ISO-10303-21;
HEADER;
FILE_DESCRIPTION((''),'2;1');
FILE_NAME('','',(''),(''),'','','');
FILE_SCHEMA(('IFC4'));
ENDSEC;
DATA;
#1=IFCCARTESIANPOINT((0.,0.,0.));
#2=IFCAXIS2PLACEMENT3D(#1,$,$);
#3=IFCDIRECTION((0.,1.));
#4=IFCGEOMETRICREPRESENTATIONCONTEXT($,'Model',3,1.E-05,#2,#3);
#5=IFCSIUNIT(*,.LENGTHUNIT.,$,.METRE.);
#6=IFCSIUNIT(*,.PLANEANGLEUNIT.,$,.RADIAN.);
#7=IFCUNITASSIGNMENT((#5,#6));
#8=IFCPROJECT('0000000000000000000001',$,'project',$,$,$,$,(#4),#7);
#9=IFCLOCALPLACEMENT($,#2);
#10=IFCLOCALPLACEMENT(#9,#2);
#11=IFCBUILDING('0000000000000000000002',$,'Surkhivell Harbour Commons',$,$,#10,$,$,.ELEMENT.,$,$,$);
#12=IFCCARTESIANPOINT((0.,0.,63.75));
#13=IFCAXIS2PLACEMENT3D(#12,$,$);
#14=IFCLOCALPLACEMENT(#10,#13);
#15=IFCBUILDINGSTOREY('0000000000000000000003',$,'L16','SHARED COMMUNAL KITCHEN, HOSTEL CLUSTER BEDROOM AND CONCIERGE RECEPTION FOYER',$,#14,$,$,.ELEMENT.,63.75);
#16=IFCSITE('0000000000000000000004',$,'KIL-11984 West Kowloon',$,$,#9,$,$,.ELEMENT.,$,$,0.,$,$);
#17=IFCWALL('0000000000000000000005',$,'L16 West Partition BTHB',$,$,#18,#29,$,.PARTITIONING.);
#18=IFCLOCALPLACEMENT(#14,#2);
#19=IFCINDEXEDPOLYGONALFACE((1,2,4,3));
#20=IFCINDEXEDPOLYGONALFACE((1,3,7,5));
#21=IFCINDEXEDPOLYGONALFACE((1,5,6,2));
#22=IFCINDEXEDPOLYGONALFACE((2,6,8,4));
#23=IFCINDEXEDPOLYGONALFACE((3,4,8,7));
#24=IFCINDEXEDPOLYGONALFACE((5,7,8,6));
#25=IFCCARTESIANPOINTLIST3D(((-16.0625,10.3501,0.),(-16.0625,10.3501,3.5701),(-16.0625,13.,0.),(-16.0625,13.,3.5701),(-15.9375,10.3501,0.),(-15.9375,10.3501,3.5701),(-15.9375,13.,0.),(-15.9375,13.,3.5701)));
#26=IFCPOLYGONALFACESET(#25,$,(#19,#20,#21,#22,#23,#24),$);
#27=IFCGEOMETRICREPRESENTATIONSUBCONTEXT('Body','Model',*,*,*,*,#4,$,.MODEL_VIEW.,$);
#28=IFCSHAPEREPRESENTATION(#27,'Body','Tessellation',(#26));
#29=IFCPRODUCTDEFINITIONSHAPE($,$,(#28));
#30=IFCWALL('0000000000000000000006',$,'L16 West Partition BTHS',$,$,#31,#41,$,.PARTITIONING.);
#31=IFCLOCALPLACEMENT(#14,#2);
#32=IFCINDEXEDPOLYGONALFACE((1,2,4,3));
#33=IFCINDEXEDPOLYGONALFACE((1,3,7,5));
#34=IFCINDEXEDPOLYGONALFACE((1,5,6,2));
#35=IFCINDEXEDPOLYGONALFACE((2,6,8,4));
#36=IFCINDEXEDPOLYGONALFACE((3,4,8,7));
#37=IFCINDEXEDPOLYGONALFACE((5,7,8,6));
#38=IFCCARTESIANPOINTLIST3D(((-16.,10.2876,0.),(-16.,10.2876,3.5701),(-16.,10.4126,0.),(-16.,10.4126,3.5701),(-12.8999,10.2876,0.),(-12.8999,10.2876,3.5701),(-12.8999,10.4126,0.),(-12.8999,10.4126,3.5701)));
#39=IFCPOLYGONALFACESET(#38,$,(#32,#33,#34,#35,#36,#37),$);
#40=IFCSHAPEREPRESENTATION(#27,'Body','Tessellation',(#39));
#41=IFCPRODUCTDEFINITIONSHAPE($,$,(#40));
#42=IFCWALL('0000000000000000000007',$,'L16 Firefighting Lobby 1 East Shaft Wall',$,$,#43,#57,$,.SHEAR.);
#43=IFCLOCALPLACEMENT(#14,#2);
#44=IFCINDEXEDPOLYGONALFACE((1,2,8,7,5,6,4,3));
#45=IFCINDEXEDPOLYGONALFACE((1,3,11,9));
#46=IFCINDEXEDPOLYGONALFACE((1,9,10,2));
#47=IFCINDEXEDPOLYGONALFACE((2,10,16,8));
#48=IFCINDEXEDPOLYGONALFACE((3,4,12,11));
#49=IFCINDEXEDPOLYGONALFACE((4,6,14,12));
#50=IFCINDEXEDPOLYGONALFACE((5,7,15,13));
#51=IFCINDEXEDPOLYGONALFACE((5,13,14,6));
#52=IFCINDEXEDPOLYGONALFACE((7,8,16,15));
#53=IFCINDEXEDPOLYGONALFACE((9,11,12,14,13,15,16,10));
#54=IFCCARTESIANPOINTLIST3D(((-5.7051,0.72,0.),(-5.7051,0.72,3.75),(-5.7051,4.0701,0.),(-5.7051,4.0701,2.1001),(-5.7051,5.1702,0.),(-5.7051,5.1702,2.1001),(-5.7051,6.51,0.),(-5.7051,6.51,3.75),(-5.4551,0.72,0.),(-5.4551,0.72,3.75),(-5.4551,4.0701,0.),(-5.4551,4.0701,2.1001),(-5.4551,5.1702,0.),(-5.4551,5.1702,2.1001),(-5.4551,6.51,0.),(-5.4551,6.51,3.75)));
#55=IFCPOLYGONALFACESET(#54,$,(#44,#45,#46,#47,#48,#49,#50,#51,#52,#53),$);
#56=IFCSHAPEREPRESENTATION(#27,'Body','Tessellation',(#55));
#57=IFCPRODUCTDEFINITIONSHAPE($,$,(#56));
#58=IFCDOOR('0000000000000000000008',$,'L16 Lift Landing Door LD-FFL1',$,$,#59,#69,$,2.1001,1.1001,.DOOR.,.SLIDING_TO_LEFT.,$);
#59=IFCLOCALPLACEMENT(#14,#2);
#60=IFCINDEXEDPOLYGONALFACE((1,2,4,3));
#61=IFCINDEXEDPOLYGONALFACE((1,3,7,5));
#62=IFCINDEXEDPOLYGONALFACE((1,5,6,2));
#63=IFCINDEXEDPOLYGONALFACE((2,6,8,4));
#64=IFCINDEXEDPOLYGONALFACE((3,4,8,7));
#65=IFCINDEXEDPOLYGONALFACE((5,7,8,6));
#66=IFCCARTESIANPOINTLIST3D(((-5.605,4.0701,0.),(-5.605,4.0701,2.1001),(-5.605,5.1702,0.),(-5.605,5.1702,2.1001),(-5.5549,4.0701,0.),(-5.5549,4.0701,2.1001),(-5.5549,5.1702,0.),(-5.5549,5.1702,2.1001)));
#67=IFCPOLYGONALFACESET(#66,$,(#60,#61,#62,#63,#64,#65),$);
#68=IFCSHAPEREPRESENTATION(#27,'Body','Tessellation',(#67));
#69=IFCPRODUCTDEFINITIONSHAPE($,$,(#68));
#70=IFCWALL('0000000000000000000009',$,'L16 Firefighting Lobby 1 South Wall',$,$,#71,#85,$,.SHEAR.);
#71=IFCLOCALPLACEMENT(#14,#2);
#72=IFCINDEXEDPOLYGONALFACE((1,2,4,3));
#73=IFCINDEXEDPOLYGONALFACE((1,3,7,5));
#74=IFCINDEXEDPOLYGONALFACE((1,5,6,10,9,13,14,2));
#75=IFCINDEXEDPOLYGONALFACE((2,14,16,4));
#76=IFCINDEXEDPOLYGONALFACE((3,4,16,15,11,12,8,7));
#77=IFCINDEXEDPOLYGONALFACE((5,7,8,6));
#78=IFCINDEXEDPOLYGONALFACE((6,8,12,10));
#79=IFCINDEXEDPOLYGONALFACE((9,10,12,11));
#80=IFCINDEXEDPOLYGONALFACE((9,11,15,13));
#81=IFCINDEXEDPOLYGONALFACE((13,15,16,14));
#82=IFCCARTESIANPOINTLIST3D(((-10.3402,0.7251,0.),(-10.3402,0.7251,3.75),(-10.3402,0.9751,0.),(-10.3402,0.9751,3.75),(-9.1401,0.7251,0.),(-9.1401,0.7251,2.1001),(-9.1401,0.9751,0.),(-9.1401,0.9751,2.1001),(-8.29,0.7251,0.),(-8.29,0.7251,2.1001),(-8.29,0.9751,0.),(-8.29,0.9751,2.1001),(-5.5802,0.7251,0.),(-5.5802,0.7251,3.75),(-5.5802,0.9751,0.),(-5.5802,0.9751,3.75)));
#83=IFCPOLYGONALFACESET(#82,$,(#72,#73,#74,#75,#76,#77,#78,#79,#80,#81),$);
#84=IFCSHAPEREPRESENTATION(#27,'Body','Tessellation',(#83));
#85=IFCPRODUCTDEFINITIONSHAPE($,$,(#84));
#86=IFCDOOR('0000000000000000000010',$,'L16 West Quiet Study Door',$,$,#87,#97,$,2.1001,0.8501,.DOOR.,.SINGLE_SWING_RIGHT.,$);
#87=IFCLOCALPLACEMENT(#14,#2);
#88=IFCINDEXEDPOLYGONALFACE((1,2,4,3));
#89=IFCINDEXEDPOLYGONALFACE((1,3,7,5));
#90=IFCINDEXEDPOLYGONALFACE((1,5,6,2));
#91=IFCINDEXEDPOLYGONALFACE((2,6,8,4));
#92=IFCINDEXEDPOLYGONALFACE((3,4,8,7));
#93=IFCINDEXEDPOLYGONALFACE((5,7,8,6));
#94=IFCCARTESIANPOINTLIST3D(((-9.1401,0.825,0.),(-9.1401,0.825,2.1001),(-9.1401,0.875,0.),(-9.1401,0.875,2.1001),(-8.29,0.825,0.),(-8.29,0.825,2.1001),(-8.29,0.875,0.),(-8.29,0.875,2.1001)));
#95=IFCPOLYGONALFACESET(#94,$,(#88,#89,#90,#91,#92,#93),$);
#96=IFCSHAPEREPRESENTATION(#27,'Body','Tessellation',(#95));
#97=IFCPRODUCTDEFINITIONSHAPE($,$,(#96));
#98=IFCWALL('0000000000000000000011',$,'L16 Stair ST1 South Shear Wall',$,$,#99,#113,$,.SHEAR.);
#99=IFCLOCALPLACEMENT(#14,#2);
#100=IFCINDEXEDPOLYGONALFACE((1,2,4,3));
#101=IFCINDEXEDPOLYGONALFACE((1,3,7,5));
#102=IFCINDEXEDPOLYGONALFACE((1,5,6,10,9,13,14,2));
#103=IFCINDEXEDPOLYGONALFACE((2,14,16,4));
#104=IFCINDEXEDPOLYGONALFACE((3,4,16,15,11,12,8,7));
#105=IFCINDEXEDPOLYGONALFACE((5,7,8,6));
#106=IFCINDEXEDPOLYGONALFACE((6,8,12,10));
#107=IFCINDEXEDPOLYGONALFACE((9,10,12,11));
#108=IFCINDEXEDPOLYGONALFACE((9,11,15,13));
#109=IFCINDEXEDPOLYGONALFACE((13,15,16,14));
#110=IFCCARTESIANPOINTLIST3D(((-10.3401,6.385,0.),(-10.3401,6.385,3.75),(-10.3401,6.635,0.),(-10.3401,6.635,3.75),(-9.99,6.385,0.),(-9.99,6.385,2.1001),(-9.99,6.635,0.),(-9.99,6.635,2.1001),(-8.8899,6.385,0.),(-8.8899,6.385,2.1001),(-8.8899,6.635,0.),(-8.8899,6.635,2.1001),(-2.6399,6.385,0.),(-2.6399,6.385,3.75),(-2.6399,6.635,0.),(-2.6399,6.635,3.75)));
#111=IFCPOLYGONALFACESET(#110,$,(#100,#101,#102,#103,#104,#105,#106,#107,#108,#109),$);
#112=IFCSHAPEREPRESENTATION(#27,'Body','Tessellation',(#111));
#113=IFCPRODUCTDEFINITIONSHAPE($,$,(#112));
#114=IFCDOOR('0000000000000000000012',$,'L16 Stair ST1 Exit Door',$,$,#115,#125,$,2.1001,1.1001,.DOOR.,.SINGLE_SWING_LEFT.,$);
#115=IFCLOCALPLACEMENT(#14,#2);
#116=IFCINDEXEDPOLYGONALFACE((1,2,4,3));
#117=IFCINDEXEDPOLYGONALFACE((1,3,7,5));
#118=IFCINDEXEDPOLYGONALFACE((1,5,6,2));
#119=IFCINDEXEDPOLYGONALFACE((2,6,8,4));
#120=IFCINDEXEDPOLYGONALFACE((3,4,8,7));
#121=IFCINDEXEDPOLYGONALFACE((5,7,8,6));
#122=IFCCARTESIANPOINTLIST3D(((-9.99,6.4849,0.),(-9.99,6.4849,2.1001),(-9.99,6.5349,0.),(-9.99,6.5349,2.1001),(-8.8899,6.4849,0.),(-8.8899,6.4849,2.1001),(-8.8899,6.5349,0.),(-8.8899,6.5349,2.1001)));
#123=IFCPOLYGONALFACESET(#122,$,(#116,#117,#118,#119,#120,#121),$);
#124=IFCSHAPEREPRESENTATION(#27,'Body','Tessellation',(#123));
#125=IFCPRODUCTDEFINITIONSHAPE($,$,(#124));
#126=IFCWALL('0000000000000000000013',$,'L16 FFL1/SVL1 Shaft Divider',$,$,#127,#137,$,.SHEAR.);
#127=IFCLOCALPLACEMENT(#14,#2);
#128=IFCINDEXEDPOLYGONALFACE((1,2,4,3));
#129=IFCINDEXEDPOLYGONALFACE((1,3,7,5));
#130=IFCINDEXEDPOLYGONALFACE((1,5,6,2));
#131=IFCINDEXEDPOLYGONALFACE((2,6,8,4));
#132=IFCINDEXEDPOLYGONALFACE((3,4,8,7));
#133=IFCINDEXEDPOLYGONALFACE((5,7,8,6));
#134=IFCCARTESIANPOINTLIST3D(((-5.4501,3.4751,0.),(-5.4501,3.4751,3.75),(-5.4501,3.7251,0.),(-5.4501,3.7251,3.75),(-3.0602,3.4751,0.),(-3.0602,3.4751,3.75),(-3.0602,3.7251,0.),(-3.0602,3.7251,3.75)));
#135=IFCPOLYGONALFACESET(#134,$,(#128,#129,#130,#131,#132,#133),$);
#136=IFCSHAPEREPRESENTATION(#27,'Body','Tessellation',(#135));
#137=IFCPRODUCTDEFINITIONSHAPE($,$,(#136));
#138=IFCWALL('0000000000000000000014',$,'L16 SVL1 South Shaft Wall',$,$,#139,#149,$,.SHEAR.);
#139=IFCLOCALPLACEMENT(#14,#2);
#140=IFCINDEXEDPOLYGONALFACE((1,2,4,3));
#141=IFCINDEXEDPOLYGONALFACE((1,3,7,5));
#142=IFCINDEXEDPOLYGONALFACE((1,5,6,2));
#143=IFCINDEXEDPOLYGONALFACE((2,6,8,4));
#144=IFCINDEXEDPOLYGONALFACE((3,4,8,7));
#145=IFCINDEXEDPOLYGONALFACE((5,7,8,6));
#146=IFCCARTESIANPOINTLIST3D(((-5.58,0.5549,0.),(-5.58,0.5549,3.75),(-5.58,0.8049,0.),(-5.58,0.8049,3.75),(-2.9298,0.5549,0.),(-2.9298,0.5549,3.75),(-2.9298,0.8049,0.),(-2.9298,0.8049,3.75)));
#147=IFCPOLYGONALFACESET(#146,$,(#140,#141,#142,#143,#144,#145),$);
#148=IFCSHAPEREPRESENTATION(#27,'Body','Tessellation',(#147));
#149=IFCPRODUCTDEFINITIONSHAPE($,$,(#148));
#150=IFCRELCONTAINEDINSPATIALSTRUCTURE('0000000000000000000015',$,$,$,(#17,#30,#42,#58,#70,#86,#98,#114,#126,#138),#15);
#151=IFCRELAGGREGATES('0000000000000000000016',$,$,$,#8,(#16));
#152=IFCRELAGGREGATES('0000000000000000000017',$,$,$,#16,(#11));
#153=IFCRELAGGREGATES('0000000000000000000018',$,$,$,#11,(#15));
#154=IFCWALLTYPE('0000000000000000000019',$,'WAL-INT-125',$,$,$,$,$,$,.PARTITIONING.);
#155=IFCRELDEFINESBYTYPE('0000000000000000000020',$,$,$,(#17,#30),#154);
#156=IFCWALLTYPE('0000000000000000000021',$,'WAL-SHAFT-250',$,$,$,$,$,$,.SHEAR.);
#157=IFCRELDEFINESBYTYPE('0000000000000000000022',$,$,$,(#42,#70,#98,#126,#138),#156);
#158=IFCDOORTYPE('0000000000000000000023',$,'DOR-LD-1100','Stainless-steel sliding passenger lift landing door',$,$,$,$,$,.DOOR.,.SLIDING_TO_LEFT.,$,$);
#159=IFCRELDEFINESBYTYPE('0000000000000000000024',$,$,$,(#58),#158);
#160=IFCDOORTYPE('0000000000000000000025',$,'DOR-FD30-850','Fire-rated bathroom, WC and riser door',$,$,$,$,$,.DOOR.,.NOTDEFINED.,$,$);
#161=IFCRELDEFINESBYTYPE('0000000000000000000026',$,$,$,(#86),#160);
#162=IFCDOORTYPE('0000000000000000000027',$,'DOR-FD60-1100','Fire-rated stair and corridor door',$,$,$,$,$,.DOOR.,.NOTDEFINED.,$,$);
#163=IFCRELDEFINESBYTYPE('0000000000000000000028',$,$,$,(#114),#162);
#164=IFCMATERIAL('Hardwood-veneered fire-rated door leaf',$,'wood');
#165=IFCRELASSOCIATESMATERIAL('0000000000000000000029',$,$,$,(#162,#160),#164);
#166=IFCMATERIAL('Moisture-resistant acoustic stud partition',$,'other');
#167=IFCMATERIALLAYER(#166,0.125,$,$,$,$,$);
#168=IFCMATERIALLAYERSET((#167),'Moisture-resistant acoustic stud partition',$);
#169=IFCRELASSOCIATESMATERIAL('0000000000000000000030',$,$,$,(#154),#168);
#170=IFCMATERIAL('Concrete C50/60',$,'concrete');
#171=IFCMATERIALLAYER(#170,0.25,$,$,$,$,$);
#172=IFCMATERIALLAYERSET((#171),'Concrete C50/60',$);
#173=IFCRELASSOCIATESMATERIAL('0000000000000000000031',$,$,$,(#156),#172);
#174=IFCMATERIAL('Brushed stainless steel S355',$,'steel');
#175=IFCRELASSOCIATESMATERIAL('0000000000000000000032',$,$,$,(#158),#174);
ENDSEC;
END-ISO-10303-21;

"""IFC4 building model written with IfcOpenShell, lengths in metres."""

from ifc_helpers import new_model, si_unit, direction, frame, frame_2d, origin, place, context, subcontext, project, spatial, rectangle, extrude, material, layer, layer_set, type_object, element, fill, save


model = new_model("IFC4")

# Units and contexts
model_context = context("Model", 3, precision=1e-05, world=origin(), true_north=direction((0.0, 1.0)))
body_context = subcontext(model_context, "Body", "Model", "MODEL_VIEW")
ifc_project = project(units=[si_unit("LENGTHUNIT", "METRE"), si_unit("PLANEANGLEUNIT", "RADIAN")], contexts=[model_context])

# Site, building, storey
site_placement = place(None, origin())
site = spatial("IfcSite", under=ifc_project, at=site_placement, Name="KIL-11984 West Kowloon", CompositionType="ELEMENT", RefElevation=0.0)
building_placement = place(site_placement, origin())
building = spatial("IfcBuilding", under=site, at=building_placement, Name="Surkhivell Harbour Commons", CompositionType="ELEMENT")
storey_placement = place(building_placement, frame((0.0, 0.0, 63.75)))
storey = spatial("IfcBuildingStorey", under=building, at=storey_placement, Name="L16", Description="SHARED COMMUNAL KITCHEN, HOSTEL CLUSTER BEDROOM AND CONCIERGE RECEPTION FOYER", CompositionType="ELEMENT", Elevation=63.75)

# Shared definitions
ifc_material_1 = material(Name="Hardwood-veneered fire-rated door leaf", Category="wood")
door_type_1 = type_object("IfcDoorType", Name="DOR-FD60-1100", Description="Fire-rated stair and corridor door", OperationType="NOTDEFINED", PredefinedType="DOOR", material=ifc_material_1)

# Walls
ifc_material_2 = material(Name="Moisture-resistant acoustic stud partition", Category="other")
ifc_layer_1 = layer(ifc_material_2, 0.125)
ifc_layer_set_1 = layer_set([ifc_layer_1], Name="Moisture-resistant acoustic stud partition")
wall_type_1 = type_object("IfcWallType", Name="WAL-INT-125", PredefinedType="PARTITIONING", material=ifc_layer_set_1)
wall_1_placement = place(storey_placement, frame((-16.0, 10.3501, 0.0), z_axis=(0.0, 0.0, 1.0), x_axis=(0.0, 1.0, 0.0)))
element("IfcWall", 1, at=wall_1_placement, inside=storey, type_object=wall_type_1, Name="L16 West Partition BTHB", PredefinedType="PARTITIONING", context=body_context, shape_type="SweptSolid", body=[
    extrude(rectangle(XDim=2.6499, YDim=0.125, at=frame_2d((1.325, 0.0))), origin(), (0.0, 0.0, 1.0), 3.5701),
])
wall_2_placement = place(storey_placement, frame((-16.0, 10.3501, 0.0), z_axis=(0.0, 0.0, 1.0), x_axis=(1.0, 0.0, 0.0)))
element("IfcWall", 2, at=wall_2_placement, inside=storey, type_object=wall_type_1, Name="L16 West Partition BTHS", PredefinedType="PARTITIONING", context=body_context, shape_type="SweptSolid", body=[
    extrude(rectangle(XDim=3.1001, YDim=0.125, at=frame_2d((1.55, 0.0))), origin(), (0.0, 0.0, 1.0), 3.5701),
])

# Walls, openings, doors
ifc_material_3 = material(Name="Concrete C50/60", Category="concrete")
ifc_layer_2 = layer(ifc_material_3, 0.25)
ifc_layer_set_2 = layer_set([ifc_layer_2], Name="Concrete C50/60")
wall_type_2 = type_object("IfcWallType", Name="WAL-SHAFT-250", PredefinedType="SHEAR", material=ifc_layer_set_2)
wall_3_placement = place(storey_placement, frame((-5.5801, 0.72, 0.0), z_axis=(0.0, 0.0, 1.0), x_axis=(0.0, 1.0, 0.0)))
wall_3 = element("IfcWall", 3, at=wall_3_placement, inside=storey, type_object=wall_type_2, Name="L16 Firefighting Lobby 1 East Shaft Wall", PredefinedType="SHEAR", context=body_context, shape_type="SweptSolid", body=[
    extrude(rectangle(XDim=5.79, YDim=0.25, at=frame_2d((2.895, 0.0))), origin(), (0.0, 0.0, 1.0), 3.75),
])
opening_1_placement = place(wall_3_placement, frame((3.3501, 0.0, 0.0)))
opening_1 = element("IfcOpeningElement", 4, at=opening_1_placement, cuts=wall_3, PredefinedType="OPENING", context=body_context, shape_type="SweptSolid", body=[
    extrude(rectangle(XDim=1.1001, YDim=2.1001, at=frame_2d((0.55, 1.05))), frame((0.0, 0.135, 0.0), z_axis=(0.0, -1.0, 0.0), x_axis=(1.0, 0.0, 0.0)), (0.0, 0.0, 1.0), 0.27),
])
ifc_material_4 = material(Name="Brushed stainless steel S355", Category="steel")
door_type_2 = type_object("IfcDoorType", Name="DOR-LD-1100", Description="Stainless-steel sliding passenger lift landing door", OperationType="SLIDING_TO_LEFT", PredefinedType="DOOR", material=ifc_material_4)
door_1_placement = place(opening_1_placement, origin())
door_1 = element("IfcDoor", 5, at=door_1_placement, inside=storey, type_object=door_type_2, Name="L16 Lift Landing Door LD-FFL1", OperationType="SLIDING_TO_LEFT", OverallHeight=2.1001, OverallWidth=1.1001, PredefinedType="DOOR", context=body_context, shape_type="SweptSolid", body=[
    extrude(rectangle(XDim=1.1001, YDim=2.1001, at=frame_2d((0.55, 1.05))), frame((0.0, 0.0249, 0.0), z_axis=(0.0, -1.0, 0.0), x_axis=(1.0, 0.0, 0.0)), (0.0, 0.0, 1.0), 0.05),
])
fill(opening_1, door_1)
wall_4_placement = place(storey_placement, frame((-10.3401, 0.8501, 0.0), z_axis=(0.0, 0.0, 1.0), x_axis=(1.0, 0.0, 0.0)))
wall_4 = element("IfcWall", 6, at=wall_4_placement, inside=storey, type_object=wall_type_2, Name="L16 Firefighting Lobby 1 South Wall", PredefinedType="SHEAR", context=body_context, shape_type="SweptSolid", body=[
    extrude(rectangle(XDim=4.76, YDim=0.25, at=frame_2d((2.3799, 0.0))), origin(), (0.0, 0.0, 1.0), 3.75),
])
opening_2_placement = place(wall_4_placement, frame((1.2, 0.0, 0.0)))
opening_2 = element("IfcOpeningElement", 7, at=opening_2_placement, cuts=wall_4, PredefinedType="OPENING", context=body_context, shape_type="SweptSolid", body=[
    extrude(rectangle(XDim=0.8501, YDim=2.1001, at=frame_2d((0.425, 1.05))), frame((0.0, 0.135, 0.0), z_axis=(0.0, -1.0, 0.0), x_axis=(1.0, 0.0, 0.0)), (0.0, 0.0, 1.0), 0.27),
])
door_type_3 = type_object("IfcDoorType", Name="DOR-FD30-850", Description="Fire-rated bathroom, WC and riser door", OperationType="NOTDEFINED", PredefinedType="DOOR", material=ifc_material_1)
door_2_placement = place(opening_2_placement, origin())
door_2 = element("IfcDoor", 8, at=door_2_placement, inside=storey, type_object=door_type_3, Name="L16 West Quiet Study Door", OperationType="SINGLE_SWING_RIGHT", OverallHeight=2.1001, OverallWidth=0.8501, PredefinedType="DOOR", context=body_context, shape_type="SweptSolid", body=[
    extrude(rectangle(XDim=0.8501, YDim=2.1001, at=frame_2d((0.425, 1.05))), frame((0.0, 0.0249, 0.0), z_axis=(0.0, -1.0, 0.0), x_axis=(1.0, 0.0, 0.0)), (0.0, 0.0, 1.0), 0.05),
])
fill(opening_2, door_2)
wall_5_placement = place(storey_placement, frame((-10.3401, 6.51, 0.0), z_axis=(0.0, 0.0, 1.0), x_axis=(1.0, 0.0, 0.0)))
wall_5 = element("IfcWall", 9, at=wall_5_placement, inside=storey, type_object=wall_type_2, Name="L16 Stair ST1 South Shear Wall", PredefinedType="SHEAR", context=body_context, shape_type="SweptSolid", body=[
    extrude(rectangle(XDim=7.7002, YDim=0.25, at=frame_2d((3.8501, 0.0))), origin(), (0.0, 0.0, 1.0), 3.75),
])
opening_3_placement = place(wall_5_placement, frame((0.3501, 0.0, 0.0)))
opening_3 = element("IfcOpeningElement", 10, at=opening_3_placement, cuts=wall_5, PredefinedType="OPENING", context=body_context, shape_type="SweptSolid", body=[
    extrude(rectangle(XDim=1.1001, YDim=2.1001, at=frame_2d((0.55, 1.05))), frame((0.0, 0.135, 0.0), z_axis=(0.0, -1.0, 0.0), x_axis=(1.0, 0.0, 0.0)), (0.0, 0.0, 1.0), 0.27),
])
door_3_placement = place(opening_3_placement, origin())
door_3 = element("IfcDoor", 11, at=door_3_placement, inside=storey, type_object=door_type_1, Name="L16 Stair ST1 Exit Door", OperationType="SINGLE_SWING_LEFT", OverallHeight=2.1001, OverallWidth=1.1001, PredefinedType="DOOR", context=body_context, shape_type="SweptSolid", body=[
    extrude(rectangle(XDim=1.1001, YDim=2.1001, at=frame_2d((0.55, 1.05))), frame((0.0, 0.0249, 0.0), z_axis=(0.0, -1.0, 0.0), x_axis=(1.0, 0.0, 0.0)), (0.0, 0.0, 1.0), 0.05),
])
fill(opening_3, door_3)

# Walls
wall_6_placement = place(storey_placement, frame((-5.45, 3.6001, 0.0), z_axis=(0.0, 0.0, 1.0), x_axis=(1.0, 0.0, 0.0)))
element("IfcWall", 12, at=wall_6_placement, inside=storey, type_object=wall_type_2, Name="L16 FFL1/SVL1 Shaft Divider", PredefinedType="SHEAR", context=body_context, shape_type="SweptSolid", body=[
    extrude(rectangle(XDim=2.3899, YDim=0.25, at=frame_2d((1.1948, 0.0))), origin(), (0.0, 0.0, 1.0), 3.75),
])
wall_7_placement = place(storey_placement, frame((-5.5801, 0.6799, 0.0), z_axis=(0.0, 0.0, 1.0), x_axis=(1.0, 0.0, 0.0)))
element("IfcWall", 13, at=wall_7_placement, inside=storey, type_object=wall_type_2, Name="L16 SVL1 South Shaft Wall", PredefinedType="SHEAR", context=body_context, shape_type="SweptSolid", body=[
    extrude(rectangle(XDim=2.6501, YDim=0.25, at=frame_2d((1.3252, 0.0))), origin(), (0.0, 0.0, 1.0), 3.75),
])

save(model, "model.ifc")
